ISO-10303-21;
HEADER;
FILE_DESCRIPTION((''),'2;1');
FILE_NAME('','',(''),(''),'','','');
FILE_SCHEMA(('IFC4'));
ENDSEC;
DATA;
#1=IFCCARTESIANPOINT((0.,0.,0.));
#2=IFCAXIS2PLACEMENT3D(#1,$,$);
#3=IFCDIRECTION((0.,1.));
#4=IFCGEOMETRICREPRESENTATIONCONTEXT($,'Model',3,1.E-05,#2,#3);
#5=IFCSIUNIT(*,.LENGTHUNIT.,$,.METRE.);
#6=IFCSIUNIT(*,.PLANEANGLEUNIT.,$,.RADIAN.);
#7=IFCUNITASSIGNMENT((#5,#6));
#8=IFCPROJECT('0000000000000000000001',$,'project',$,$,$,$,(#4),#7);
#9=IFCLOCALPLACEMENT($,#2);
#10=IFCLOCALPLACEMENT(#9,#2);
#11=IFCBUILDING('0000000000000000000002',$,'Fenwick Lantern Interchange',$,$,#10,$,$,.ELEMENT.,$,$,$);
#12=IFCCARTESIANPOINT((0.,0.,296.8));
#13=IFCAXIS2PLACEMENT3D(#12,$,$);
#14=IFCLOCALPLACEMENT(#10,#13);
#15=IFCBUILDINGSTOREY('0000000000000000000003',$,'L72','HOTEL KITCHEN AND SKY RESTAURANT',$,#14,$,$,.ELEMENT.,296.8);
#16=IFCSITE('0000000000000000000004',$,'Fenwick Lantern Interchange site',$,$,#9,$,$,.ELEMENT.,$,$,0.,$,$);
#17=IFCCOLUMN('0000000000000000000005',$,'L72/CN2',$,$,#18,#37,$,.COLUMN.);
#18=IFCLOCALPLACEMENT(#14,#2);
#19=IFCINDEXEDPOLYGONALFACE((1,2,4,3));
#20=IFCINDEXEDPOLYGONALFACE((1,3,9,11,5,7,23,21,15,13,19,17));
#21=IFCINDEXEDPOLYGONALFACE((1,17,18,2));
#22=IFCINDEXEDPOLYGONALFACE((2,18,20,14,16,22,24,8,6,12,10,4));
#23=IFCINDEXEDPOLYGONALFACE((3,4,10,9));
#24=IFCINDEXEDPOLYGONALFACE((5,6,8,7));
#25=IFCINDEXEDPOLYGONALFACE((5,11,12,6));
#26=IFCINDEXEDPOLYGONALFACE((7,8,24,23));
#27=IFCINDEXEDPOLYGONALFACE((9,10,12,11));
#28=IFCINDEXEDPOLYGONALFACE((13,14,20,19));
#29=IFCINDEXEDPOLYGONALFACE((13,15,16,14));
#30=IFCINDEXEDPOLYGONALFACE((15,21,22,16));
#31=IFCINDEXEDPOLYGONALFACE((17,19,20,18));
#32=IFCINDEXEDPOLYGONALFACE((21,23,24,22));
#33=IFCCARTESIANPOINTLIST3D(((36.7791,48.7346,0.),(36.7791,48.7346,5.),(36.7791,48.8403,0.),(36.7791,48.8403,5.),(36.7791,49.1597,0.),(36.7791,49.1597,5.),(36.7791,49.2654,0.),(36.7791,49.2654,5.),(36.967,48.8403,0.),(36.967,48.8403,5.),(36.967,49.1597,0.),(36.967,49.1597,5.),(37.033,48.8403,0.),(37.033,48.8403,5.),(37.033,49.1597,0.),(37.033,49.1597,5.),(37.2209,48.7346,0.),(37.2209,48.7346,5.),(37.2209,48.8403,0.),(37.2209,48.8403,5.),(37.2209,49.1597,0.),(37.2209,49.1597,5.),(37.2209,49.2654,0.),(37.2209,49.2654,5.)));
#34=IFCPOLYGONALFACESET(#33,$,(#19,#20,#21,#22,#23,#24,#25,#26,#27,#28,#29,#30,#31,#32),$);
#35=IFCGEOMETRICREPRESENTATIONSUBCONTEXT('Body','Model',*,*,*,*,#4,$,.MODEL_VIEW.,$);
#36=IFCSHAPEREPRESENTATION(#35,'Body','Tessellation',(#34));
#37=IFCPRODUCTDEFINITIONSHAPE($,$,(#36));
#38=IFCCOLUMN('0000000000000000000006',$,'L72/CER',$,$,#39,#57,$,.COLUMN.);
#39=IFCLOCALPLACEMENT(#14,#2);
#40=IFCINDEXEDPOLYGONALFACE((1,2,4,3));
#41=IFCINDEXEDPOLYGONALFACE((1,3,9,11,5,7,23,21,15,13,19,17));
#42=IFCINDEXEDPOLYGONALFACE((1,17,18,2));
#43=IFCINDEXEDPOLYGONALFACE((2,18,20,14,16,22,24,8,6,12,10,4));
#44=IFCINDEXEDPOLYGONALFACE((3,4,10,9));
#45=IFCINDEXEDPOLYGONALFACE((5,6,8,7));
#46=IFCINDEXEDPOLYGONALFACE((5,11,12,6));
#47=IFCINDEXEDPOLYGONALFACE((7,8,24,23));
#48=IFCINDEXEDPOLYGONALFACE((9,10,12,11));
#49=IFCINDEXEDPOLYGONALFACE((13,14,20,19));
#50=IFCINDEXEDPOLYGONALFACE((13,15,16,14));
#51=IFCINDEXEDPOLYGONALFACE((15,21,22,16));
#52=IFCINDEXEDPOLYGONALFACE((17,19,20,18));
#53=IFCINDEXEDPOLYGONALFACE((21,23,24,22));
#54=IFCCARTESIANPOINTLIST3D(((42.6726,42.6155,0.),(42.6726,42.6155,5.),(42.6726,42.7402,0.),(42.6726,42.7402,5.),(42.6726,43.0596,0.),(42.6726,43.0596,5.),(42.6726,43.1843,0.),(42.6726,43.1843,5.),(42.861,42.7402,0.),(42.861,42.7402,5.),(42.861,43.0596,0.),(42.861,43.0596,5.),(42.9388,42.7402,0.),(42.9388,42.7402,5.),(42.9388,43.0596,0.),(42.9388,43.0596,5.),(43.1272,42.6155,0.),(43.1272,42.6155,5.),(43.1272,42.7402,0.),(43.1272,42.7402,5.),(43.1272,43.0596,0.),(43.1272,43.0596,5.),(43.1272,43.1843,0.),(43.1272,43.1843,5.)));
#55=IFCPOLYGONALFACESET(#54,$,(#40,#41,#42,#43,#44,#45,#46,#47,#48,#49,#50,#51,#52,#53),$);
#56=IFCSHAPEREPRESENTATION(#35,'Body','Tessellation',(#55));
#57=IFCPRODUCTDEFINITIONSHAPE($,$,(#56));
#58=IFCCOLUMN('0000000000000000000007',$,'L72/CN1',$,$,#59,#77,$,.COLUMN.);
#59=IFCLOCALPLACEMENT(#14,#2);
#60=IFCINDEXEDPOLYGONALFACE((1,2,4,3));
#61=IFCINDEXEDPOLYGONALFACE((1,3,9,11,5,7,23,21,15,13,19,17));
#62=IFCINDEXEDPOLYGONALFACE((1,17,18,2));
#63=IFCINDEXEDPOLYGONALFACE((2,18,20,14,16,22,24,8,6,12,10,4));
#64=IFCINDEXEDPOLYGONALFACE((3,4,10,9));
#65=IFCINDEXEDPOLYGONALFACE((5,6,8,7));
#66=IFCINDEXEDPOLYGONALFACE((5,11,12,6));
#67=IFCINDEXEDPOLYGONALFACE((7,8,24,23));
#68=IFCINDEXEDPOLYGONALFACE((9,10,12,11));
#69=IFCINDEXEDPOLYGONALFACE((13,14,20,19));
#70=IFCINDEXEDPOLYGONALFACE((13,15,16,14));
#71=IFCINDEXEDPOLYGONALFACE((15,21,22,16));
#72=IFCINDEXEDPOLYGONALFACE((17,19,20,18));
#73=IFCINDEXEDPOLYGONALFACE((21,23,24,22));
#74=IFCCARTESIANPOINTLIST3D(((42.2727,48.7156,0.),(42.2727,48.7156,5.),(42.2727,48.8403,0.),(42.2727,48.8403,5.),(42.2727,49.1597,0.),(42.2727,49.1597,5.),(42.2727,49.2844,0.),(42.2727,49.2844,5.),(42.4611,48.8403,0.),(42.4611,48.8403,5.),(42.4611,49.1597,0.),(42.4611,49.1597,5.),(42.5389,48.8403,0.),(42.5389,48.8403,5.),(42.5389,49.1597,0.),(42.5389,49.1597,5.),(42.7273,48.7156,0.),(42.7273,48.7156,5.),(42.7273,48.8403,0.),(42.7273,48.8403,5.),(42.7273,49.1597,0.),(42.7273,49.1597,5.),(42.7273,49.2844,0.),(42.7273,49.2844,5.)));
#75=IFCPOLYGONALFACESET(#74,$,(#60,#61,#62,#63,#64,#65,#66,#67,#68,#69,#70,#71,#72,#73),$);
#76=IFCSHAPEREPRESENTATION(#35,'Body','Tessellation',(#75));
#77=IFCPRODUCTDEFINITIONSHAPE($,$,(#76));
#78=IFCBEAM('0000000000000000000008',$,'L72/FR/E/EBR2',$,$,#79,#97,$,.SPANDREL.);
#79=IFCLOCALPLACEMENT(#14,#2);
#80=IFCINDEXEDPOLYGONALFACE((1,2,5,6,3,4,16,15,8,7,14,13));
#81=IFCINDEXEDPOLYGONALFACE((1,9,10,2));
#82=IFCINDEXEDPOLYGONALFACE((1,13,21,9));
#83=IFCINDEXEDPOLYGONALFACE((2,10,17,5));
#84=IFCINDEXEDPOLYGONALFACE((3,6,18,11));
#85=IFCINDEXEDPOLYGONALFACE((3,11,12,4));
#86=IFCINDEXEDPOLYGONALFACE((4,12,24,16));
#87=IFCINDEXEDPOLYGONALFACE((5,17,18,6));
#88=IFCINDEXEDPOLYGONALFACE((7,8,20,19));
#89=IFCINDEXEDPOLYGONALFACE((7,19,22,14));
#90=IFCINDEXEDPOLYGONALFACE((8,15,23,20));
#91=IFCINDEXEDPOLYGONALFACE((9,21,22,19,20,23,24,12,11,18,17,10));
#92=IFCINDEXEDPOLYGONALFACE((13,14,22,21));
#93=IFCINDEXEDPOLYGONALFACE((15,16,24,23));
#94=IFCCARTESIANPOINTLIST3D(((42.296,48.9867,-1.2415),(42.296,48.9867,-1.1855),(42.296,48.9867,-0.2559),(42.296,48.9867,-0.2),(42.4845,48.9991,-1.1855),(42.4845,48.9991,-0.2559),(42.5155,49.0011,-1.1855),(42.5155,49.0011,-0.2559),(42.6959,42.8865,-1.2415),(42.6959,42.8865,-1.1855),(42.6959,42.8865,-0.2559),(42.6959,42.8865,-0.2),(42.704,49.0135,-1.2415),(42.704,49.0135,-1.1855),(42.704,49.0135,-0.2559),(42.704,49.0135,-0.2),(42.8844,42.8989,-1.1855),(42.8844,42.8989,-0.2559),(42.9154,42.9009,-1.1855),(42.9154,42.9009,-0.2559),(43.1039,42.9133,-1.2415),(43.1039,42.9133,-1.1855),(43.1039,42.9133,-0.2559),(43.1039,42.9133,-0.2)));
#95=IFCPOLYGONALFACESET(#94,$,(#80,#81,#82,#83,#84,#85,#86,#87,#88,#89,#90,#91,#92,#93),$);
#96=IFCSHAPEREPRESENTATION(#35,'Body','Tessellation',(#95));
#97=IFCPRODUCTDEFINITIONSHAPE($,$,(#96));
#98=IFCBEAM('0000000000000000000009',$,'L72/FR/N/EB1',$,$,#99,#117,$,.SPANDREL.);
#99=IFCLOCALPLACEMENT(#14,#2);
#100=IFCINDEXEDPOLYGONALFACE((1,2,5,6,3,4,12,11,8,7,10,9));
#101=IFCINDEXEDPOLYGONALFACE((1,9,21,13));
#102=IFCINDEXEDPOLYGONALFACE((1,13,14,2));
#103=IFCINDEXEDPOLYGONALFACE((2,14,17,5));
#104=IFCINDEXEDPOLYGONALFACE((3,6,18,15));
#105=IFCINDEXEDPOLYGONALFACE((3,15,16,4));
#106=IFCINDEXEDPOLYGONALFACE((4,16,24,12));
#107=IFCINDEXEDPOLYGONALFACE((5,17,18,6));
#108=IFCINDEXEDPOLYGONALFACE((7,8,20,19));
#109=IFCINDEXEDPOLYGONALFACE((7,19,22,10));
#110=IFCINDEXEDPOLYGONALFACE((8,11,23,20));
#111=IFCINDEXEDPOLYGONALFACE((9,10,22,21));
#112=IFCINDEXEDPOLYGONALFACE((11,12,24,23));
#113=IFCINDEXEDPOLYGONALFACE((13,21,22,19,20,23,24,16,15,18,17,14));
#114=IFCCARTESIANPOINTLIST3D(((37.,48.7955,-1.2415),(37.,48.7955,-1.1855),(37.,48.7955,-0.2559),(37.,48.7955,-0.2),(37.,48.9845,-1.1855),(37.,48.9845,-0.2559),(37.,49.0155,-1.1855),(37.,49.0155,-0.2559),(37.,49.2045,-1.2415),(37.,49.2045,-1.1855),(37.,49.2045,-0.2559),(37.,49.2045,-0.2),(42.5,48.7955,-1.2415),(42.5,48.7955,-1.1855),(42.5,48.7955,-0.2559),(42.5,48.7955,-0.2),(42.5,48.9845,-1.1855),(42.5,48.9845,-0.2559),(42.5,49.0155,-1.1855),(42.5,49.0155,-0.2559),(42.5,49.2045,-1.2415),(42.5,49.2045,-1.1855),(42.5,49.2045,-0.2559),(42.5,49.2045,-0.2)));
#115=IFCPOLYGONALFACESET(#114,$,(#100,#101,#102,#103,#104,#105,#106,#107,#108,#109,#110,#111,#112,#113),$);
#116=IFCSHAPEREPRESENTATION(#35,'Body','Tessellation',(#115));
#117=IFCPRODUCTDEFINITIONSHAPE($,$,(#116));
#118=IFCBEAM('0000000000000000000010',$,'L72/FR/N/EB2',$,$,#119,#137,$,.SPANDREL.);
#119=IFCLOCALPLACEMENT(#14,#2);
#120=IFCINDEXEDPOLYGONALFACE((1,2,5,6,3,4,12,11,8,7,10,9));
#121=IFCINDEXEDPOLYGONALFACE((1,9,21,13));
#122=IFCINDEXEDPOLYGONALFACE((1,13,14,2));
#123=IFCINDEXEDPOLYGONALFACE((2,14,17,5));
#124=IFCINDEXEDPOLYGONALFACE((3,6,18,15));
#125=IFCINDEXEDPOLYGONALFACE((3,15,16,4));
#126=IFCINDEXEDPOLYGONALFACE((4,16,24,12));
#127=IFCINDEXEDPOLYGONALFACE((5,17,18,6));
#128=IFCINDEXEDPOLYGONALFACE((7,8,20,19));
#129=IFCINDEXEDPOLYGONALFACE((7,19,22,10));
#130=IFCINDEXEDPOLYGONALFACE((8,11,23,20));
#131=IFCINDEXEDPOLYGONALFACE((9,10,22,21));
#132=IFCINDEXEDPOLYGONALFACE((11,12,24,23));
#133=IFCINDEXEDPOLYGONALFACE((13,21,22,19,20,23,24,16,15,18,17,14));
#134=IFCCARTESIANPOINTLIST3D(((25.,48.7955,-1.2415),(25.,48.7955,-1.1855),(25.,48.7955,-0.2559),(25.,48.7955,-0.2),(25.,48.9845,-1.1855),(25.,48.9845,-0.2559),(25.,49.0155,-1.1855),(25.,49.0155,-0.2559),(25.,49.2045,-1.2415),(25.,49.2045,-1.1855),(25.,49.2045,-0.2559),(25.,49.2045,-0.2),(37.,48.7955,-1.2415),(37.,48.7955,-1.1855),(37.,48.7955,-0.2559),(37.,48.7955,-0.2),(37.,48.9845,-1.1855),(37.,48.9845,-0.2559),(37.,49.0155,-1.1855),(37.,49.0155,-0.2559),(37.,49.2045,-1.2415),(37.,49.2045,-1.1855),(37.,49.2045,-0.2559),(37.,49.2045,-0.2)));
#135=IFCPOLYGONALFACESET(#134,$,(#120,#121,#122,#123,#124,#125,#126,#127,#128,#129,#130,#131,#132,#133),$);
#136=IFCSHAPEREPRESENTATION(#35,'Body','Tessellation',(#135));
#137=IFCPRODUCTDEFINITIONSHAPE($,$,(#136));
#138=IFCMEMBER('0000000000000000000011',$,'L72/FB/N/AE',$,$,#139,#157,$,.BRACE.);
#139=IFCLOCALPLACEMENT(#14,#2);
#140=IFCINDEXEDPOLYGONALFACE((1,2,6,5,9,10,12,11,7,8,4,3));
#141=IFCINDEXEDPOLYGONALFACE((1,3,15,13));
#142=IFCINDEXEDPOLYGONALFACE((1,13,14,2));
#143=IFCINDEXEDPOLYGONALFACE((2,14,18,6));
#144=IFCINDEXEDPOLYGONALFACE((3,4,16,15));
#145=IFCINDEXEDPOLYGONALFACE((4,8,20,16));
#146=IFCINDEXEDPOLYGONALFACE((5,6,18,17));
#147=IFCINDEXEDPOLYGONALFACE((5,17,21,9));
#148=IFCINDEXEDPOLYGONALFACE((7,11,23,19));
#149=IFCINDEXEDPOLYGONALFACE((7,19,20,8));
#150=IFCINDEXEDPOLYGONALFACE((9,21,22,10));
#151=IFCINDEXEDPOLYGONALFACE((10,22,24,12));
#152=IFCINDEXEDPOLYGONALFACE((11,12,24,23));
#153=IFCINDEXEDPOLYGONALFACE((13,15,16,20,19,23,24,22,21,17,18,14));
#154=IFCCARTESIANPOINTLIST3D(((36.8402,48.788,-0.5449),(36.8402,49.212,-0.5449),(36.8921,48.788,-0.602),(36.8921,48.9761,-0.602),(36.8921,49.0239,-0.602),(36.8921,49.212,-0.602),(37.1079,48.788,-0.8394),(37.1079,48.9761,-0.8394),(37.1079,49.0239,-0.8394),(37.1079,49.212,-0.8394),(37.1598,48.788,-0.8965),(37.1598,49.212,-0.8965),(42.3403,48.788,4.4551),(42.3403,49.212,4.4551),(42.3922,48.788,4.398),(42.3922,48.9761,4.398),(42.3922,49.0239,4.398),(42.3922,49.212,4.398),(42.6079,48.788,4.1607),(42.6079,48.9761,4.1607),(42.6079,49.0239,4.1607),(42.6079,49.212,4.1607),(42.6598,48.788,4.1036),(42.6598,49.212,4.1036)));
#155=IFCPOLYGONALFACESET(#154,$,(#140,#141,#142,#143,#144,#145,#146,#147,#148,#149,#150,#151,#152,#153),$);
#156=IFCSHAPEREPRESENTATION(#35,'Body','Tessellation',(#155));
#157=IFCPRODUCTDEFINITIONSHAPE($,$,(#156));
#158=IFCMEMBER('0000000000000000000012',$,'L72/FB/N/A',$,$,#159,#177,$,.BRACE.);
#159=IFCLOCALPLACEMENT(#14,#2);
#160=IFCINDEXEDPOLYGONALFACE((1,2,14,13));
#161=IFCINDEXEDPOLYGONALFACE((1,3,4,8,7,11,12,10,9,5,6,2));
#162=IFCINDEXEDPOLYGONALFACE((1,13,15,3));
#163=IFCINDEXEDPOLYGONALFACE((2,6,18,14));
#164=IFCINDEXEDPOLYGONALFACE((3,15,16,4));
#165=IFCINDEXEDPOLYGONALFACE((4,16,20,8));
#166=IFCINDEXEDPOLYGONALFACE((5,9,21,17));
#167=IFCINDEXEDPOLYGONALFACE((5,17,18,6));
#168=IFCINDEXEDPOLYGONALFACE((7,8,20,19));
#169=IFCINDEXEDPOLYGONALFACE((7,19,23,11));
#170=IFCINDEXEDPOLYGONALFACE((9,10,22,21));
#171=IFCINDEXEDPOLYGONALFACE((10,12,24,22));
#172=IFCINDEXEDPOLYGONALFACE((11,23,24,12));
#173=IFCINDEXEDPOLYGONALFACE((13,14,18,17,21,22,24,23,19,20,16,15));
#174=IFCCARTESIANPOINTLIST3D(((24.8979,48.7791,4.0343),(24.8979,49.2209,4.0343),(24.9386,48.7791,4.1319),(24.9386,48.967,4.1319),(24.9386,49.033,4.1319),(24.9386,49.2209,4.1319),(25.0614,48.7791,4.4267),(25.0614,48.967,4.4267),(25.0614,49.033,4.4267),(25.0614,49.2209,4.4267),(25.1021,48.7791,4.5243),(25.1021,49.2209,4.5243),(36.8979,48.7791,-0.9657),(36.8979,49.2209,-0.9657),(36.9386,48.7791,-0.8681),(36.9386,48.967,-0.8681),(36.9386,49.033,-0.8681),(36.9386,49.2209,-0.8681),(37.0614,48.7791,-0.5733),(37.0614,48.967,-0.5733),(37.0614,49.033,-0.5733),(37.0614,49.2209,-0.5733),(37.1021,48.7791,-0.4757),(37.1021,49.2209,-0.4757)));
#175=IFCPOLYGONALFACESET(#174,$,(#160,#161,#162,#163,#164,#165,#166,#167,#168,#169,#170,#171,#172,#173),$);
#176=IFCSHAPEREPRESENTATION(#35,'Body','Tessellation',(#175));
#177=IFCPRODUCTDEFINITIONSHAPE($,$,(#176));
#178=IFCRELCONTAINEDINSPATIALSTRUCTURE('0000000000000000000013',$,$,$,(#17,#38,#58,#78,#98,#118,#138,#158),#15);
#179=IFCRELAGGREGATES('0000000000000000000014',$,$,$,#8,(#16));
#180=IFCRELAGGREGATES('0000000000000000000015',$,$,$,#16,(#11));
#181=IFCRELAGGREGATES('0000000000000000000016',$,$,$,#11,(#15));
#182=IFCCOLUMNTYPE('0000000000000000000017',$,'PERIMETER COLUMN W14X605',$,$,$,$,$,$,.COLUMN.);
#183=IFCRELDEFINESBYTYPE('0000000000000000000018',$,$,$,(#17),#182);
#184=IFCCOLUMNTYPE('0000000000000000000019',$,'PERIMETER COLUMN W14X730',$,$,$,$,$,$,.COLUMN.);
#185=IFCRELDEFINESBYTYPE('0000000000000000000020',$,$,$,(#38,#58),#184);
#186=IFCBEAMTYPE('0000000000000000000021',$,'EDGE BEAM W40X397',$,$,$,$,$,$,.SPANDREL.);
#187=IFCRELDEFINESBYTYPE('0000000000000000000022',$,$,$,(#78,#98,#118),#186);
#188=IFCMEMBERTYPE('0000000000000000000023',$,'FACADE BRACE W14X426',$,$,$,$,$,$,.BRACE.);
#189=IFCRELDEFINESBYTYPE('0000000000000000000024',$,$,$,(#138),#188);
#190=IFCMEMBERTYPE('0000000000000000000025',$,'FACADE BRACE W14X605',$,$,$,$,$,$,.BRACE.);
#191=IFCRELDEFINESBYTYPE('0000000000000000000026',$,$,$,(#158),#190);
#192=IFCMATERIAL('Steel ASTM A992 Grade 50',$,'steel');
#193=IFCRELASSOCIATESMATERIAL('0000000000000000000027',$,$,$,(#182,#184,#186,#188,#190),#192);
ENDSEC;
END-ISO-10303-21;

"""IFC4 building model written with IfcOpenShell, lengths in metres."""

from ifc_helpers import new_model, si_unit, direction, frame, origin, origin_2d, place, context, subcontext, project, spatial, i_section, extrude, material, material_profile, profile_set, type_object, element, save


model = new_model("IFC4")

# Units and contexts
model_context = context("Model", 3, precision=1e-05, world=origin(), true_north=direction((0.0, 1.0)))
body_context = subcontext(model_context, "Body", "Model", "MODEL_VIEW")
ifc_project = project(units=[si_unit("LENGTHUNIT", "METRE"), si_unit("PLANEANGLEUNIT", "RADIAN")], contexts=[model_context])

# Site, building, storey
site_placement = place(None, origin())
site = spatial("IfcSite", under=ifc_project, at=site_placement, Name="Fenwick Lantern Interchange site", CompositionType="ELEMENT", RefElevation=0.0)
building_placement = place(site_placement, origin())
building = spatial("IfcBuilding", under=site, at=building_placement, Name="Fenwick Lantern Interchange", CompositionType="ELEMENT")
storey_placement = place(building_placement, frame((0.0, 0.0, 296.8)))
storey = spatial("IfcBuildingStorey", under=building, at=storey_placement, Name="L72", Description="HOTEL KITCHEN AND SKY RESTAURANT", CompositionType="ELEMENT", Elevation=296.8)

# Columns
ifc_material_1 = material(Name="Steel ASTM A992 Grade 50", Category="steel")
ifc_material_profile_1 = material_profile(ifc_material_1, i_section(OverallWidth=0.4419, OverallDepth=0.5308, WebThickness=0.0659, FlangeThickness=0.1057, at=origin_2d()), Name="W14X605")
ifc_profile_set_1 = profile_set([ifc_material_profile_1], Name="Steel ASTM A992 Grade 50")
column_type_1 = type_object("IfcColumnType", Name="PERIMETER COLUMN W14X605", PredefinedType="COLUMN", material=ifc_profile_set_1)
column_placement = place(storey_placement, frame((37.0, 49.0, 0.0), z_axis=(0.0, 0.0, 1.0), x_axis=(1.0, 0.0, 0.0)))
element("IfcColumn", 1, at=column_placement, inside=storey, type_object=column_type_1, Name="L72/CN2", PredefinedType="COLUMN", context=body_context, shape_type="SweptSolid", body=[
    extrude(i_section(OverallWidth=0.4419, OverallDepth=0.5308, WebThickness=0.0659, FlangeThickness=0.1057, at=origin_2d()), origin(), (0.0, 0.0, 1.0), 5.0),
])
ifc_material_profile_2 = material_profile(ifc_material_1, i_section(OverallWidth=0.4546, OverallDepth=0.5688, WebThickness=0.0779, FlangeThickness=0.1248, at=origin_2d()), Name="W14X730")
ifc_profile_set_2 = profile_set([ifc_material_profile_2], Name="Steel ASTM A992 Grade 50")
column_type_2 = type_object("IfcColumnType", Name="PERIMETER COLUMN W14X730", PredefinedType="COLUMN", material=ifc_profile_set_2)
for number, where, z_axis, x_axis, name in (
    (2, (42.8999, 42.8999, 0.0), (0.0, 0.0, 1.0), (1.0, 0.0, 0.0), "L72/CER"),
    (3, (42.5, 49.0, 0.0), (0.0, 0.0, 1.0), (1.0, 0.0, 0.0), "L72/CN1"),
):
    element("IfcColumn", number, at=place(storey_placement, frame(where, z_axis=z_axis, x_axis=x_axis)), inside=storey, type_object=column_type_2, Name=name, PredefinedType="COLUMN", context=body_context, shape_type="SweptSolid", body=[
        extrude(i_section(OverallWidth=0.4546, OverallDepth=0.5688, WebThickness=0.0779, FlangeThickness=0.1248, at=origin_2d()), origin(), (0.0, 0.0, 1.0), 5.0),
    ])

# Beams
ifc_material_profile_3 = material_profile(ifc_material_1, i_section(OverallWidth=0.4089, OverallDepth=1.0415, WebThickness=0.031, FlangeThickness=0.0559, at=origin_2d()), Name="W40X397")
ifc_profile_set_3 = profile_set([ifc_material_profile_3], Name="Steel ASTM A992 Grade 50")
beam_type_1 = type_object("IfcBeamType", Name="EDGE BEAM W40X397", PredefinedType="SPANDREL", material=ifc_profile_set_3)
beam_1_placement = place(storey_placement, frame((42.8999, 42.8999, -0.7207), z_axis=(-0.065416, 0.997858, 0.0), x_axis=(-0.997858, -0.065416, 0.0)))
element("IfcBeam", 4, at=beam_1_placement, inside=storey, type_object=beam_type_1, Name="L72/FR/E/EBR2", PredefinedType="SPANDREL", context=body_context, shape_type="SweptSolid", body=[
    extrude(i_section(OverallWidth=0.4089, OverallDepth=1.0415, WebThickness=0.031, FlangeThickness=0.0559, at=origin_2d()), origin(), (0.0, 0.0, 1.0), 6.1133),
])
beam_2_placement = place(storey_placement, frame((42.5, 49.0, -0.7207), z_axis=(-1.0, 0.0, 0.0), x_axis=(0.0, -1.0, 0.0)))
element("IfcBeam", 5, at=beam_2_placement, inside=storey, type_object=beam_type_1, Name="L72/FR/N/EB1", PredefinedType="SPANDREL", context=body_context, shape_type="SweptSolid", body=[
    extrude(i_section(OverallWidth=0.4089, OverallDepth=1.0415, WebThickness=0.031, FlangeThickness=0.0559, at=origin_2d()), origin(), (0.0, 0.0, 1.0), 5.5),
])
beam_3_placement = place(storey_placement, frame((37.0, 49.0, -0.7207), z_axis=(-1.0, 0.0, 0.0), x_axis=(0.0, -1.0, 0.0)))
element("IfcBeam", 6, at=beam_3_placement, inside=storey, type_object=beam_type_1, Name="L72/FR/N/EB2", PredefinedType="SPANDREL", context=body_context, shape_type="SweptSolid", body=[
    extrude(i_section(OverallWidth=0.4089, OverallDepth=1.0415, WebThickness=0.031, FlangeThickness=0.0559, at=origin_2d()), origin(), (0.0, 0.0, 1.0), 12.0),
])

# Members
ifc_material_profile_4 = material_profile(ifc_material_1, i_section(OverallWidth=0.4241, OverallDepth=0.4751, WebThickness=0.0479, FlangeThickness=0.0771, at=origin_2d()), Name="W14X426")
ifc_profile_set_4 = profile_set([ifc_material_profile_4], Name="Steel ASTM A992 Grade 50")
member_type_1 = type_object("IfcMemberType", Name="FACADE BRACE W14X426", PredefinedType="BRACE", material=ifc_profile_set_4)
member_1_placement = place(storey_placement, frame((37.0, 49.0, -0.7207), z_axis=(0.73994, 0.0, 0.672673), x_axis=(0.0, 1.0, 0.0)))
element("IfcMember", 7, at=member_1_placement, inside=storey, type_object=member_type_1, Name="L72/FB/N/AE", PredefinedType="BRACE", context=body_context, shape_type="SweptSolid", body=[
    extrude(i_section(OverallWidth=0.4241, OverallDepth=0.4751, WebThickness=0.0479, FlangeThickness=0.0771, at=origin_2d()), origin(), (0.0, 0.0, 1.0), 7.4331),
])
ifc_material_profile_5 = material_profile(ifc_material_1, i_section(OverallWidth=0.4419, OverallDepth=0.5308, WebThickness=0.0659, FlangeThickness=0.1057, at=origin_2d()), Name="W14X605")
ifc_profile_set_5 = profile_set([ifc_material_profile_5], Name="Steel ASTM A992 Grade 50")
member_type_2 = type_object("IfcMemberType", Name="FACADE BRACE W14X605", PredefinedType="BRACE", material=ifc_profile_set_5)
member_2_placement = place(storey_placement, frame((37.0, 49.0, -0.7207), z_axis=(-0.923077, 0.0, 0.384615), x_axis=(0.0, -1.0, 0.0)))
element("IfcMember", 8, at=member_2_placement, inside=storey, type_object=member_type_2, Name="L72/FB/N/A", PredefinedType="BRACE", context=body_context, shape_type="SweptSolid", body=[
    extrude(i_section(OverallWidth=0.4419, OverallDepth=0.5308, WebThickness=0.0659, FlangeThickness=0.1057, at=origin_2d()), origin(), (0.0, 0.0, 1.0), 13.0),
])

save(model, "model.ifc")
